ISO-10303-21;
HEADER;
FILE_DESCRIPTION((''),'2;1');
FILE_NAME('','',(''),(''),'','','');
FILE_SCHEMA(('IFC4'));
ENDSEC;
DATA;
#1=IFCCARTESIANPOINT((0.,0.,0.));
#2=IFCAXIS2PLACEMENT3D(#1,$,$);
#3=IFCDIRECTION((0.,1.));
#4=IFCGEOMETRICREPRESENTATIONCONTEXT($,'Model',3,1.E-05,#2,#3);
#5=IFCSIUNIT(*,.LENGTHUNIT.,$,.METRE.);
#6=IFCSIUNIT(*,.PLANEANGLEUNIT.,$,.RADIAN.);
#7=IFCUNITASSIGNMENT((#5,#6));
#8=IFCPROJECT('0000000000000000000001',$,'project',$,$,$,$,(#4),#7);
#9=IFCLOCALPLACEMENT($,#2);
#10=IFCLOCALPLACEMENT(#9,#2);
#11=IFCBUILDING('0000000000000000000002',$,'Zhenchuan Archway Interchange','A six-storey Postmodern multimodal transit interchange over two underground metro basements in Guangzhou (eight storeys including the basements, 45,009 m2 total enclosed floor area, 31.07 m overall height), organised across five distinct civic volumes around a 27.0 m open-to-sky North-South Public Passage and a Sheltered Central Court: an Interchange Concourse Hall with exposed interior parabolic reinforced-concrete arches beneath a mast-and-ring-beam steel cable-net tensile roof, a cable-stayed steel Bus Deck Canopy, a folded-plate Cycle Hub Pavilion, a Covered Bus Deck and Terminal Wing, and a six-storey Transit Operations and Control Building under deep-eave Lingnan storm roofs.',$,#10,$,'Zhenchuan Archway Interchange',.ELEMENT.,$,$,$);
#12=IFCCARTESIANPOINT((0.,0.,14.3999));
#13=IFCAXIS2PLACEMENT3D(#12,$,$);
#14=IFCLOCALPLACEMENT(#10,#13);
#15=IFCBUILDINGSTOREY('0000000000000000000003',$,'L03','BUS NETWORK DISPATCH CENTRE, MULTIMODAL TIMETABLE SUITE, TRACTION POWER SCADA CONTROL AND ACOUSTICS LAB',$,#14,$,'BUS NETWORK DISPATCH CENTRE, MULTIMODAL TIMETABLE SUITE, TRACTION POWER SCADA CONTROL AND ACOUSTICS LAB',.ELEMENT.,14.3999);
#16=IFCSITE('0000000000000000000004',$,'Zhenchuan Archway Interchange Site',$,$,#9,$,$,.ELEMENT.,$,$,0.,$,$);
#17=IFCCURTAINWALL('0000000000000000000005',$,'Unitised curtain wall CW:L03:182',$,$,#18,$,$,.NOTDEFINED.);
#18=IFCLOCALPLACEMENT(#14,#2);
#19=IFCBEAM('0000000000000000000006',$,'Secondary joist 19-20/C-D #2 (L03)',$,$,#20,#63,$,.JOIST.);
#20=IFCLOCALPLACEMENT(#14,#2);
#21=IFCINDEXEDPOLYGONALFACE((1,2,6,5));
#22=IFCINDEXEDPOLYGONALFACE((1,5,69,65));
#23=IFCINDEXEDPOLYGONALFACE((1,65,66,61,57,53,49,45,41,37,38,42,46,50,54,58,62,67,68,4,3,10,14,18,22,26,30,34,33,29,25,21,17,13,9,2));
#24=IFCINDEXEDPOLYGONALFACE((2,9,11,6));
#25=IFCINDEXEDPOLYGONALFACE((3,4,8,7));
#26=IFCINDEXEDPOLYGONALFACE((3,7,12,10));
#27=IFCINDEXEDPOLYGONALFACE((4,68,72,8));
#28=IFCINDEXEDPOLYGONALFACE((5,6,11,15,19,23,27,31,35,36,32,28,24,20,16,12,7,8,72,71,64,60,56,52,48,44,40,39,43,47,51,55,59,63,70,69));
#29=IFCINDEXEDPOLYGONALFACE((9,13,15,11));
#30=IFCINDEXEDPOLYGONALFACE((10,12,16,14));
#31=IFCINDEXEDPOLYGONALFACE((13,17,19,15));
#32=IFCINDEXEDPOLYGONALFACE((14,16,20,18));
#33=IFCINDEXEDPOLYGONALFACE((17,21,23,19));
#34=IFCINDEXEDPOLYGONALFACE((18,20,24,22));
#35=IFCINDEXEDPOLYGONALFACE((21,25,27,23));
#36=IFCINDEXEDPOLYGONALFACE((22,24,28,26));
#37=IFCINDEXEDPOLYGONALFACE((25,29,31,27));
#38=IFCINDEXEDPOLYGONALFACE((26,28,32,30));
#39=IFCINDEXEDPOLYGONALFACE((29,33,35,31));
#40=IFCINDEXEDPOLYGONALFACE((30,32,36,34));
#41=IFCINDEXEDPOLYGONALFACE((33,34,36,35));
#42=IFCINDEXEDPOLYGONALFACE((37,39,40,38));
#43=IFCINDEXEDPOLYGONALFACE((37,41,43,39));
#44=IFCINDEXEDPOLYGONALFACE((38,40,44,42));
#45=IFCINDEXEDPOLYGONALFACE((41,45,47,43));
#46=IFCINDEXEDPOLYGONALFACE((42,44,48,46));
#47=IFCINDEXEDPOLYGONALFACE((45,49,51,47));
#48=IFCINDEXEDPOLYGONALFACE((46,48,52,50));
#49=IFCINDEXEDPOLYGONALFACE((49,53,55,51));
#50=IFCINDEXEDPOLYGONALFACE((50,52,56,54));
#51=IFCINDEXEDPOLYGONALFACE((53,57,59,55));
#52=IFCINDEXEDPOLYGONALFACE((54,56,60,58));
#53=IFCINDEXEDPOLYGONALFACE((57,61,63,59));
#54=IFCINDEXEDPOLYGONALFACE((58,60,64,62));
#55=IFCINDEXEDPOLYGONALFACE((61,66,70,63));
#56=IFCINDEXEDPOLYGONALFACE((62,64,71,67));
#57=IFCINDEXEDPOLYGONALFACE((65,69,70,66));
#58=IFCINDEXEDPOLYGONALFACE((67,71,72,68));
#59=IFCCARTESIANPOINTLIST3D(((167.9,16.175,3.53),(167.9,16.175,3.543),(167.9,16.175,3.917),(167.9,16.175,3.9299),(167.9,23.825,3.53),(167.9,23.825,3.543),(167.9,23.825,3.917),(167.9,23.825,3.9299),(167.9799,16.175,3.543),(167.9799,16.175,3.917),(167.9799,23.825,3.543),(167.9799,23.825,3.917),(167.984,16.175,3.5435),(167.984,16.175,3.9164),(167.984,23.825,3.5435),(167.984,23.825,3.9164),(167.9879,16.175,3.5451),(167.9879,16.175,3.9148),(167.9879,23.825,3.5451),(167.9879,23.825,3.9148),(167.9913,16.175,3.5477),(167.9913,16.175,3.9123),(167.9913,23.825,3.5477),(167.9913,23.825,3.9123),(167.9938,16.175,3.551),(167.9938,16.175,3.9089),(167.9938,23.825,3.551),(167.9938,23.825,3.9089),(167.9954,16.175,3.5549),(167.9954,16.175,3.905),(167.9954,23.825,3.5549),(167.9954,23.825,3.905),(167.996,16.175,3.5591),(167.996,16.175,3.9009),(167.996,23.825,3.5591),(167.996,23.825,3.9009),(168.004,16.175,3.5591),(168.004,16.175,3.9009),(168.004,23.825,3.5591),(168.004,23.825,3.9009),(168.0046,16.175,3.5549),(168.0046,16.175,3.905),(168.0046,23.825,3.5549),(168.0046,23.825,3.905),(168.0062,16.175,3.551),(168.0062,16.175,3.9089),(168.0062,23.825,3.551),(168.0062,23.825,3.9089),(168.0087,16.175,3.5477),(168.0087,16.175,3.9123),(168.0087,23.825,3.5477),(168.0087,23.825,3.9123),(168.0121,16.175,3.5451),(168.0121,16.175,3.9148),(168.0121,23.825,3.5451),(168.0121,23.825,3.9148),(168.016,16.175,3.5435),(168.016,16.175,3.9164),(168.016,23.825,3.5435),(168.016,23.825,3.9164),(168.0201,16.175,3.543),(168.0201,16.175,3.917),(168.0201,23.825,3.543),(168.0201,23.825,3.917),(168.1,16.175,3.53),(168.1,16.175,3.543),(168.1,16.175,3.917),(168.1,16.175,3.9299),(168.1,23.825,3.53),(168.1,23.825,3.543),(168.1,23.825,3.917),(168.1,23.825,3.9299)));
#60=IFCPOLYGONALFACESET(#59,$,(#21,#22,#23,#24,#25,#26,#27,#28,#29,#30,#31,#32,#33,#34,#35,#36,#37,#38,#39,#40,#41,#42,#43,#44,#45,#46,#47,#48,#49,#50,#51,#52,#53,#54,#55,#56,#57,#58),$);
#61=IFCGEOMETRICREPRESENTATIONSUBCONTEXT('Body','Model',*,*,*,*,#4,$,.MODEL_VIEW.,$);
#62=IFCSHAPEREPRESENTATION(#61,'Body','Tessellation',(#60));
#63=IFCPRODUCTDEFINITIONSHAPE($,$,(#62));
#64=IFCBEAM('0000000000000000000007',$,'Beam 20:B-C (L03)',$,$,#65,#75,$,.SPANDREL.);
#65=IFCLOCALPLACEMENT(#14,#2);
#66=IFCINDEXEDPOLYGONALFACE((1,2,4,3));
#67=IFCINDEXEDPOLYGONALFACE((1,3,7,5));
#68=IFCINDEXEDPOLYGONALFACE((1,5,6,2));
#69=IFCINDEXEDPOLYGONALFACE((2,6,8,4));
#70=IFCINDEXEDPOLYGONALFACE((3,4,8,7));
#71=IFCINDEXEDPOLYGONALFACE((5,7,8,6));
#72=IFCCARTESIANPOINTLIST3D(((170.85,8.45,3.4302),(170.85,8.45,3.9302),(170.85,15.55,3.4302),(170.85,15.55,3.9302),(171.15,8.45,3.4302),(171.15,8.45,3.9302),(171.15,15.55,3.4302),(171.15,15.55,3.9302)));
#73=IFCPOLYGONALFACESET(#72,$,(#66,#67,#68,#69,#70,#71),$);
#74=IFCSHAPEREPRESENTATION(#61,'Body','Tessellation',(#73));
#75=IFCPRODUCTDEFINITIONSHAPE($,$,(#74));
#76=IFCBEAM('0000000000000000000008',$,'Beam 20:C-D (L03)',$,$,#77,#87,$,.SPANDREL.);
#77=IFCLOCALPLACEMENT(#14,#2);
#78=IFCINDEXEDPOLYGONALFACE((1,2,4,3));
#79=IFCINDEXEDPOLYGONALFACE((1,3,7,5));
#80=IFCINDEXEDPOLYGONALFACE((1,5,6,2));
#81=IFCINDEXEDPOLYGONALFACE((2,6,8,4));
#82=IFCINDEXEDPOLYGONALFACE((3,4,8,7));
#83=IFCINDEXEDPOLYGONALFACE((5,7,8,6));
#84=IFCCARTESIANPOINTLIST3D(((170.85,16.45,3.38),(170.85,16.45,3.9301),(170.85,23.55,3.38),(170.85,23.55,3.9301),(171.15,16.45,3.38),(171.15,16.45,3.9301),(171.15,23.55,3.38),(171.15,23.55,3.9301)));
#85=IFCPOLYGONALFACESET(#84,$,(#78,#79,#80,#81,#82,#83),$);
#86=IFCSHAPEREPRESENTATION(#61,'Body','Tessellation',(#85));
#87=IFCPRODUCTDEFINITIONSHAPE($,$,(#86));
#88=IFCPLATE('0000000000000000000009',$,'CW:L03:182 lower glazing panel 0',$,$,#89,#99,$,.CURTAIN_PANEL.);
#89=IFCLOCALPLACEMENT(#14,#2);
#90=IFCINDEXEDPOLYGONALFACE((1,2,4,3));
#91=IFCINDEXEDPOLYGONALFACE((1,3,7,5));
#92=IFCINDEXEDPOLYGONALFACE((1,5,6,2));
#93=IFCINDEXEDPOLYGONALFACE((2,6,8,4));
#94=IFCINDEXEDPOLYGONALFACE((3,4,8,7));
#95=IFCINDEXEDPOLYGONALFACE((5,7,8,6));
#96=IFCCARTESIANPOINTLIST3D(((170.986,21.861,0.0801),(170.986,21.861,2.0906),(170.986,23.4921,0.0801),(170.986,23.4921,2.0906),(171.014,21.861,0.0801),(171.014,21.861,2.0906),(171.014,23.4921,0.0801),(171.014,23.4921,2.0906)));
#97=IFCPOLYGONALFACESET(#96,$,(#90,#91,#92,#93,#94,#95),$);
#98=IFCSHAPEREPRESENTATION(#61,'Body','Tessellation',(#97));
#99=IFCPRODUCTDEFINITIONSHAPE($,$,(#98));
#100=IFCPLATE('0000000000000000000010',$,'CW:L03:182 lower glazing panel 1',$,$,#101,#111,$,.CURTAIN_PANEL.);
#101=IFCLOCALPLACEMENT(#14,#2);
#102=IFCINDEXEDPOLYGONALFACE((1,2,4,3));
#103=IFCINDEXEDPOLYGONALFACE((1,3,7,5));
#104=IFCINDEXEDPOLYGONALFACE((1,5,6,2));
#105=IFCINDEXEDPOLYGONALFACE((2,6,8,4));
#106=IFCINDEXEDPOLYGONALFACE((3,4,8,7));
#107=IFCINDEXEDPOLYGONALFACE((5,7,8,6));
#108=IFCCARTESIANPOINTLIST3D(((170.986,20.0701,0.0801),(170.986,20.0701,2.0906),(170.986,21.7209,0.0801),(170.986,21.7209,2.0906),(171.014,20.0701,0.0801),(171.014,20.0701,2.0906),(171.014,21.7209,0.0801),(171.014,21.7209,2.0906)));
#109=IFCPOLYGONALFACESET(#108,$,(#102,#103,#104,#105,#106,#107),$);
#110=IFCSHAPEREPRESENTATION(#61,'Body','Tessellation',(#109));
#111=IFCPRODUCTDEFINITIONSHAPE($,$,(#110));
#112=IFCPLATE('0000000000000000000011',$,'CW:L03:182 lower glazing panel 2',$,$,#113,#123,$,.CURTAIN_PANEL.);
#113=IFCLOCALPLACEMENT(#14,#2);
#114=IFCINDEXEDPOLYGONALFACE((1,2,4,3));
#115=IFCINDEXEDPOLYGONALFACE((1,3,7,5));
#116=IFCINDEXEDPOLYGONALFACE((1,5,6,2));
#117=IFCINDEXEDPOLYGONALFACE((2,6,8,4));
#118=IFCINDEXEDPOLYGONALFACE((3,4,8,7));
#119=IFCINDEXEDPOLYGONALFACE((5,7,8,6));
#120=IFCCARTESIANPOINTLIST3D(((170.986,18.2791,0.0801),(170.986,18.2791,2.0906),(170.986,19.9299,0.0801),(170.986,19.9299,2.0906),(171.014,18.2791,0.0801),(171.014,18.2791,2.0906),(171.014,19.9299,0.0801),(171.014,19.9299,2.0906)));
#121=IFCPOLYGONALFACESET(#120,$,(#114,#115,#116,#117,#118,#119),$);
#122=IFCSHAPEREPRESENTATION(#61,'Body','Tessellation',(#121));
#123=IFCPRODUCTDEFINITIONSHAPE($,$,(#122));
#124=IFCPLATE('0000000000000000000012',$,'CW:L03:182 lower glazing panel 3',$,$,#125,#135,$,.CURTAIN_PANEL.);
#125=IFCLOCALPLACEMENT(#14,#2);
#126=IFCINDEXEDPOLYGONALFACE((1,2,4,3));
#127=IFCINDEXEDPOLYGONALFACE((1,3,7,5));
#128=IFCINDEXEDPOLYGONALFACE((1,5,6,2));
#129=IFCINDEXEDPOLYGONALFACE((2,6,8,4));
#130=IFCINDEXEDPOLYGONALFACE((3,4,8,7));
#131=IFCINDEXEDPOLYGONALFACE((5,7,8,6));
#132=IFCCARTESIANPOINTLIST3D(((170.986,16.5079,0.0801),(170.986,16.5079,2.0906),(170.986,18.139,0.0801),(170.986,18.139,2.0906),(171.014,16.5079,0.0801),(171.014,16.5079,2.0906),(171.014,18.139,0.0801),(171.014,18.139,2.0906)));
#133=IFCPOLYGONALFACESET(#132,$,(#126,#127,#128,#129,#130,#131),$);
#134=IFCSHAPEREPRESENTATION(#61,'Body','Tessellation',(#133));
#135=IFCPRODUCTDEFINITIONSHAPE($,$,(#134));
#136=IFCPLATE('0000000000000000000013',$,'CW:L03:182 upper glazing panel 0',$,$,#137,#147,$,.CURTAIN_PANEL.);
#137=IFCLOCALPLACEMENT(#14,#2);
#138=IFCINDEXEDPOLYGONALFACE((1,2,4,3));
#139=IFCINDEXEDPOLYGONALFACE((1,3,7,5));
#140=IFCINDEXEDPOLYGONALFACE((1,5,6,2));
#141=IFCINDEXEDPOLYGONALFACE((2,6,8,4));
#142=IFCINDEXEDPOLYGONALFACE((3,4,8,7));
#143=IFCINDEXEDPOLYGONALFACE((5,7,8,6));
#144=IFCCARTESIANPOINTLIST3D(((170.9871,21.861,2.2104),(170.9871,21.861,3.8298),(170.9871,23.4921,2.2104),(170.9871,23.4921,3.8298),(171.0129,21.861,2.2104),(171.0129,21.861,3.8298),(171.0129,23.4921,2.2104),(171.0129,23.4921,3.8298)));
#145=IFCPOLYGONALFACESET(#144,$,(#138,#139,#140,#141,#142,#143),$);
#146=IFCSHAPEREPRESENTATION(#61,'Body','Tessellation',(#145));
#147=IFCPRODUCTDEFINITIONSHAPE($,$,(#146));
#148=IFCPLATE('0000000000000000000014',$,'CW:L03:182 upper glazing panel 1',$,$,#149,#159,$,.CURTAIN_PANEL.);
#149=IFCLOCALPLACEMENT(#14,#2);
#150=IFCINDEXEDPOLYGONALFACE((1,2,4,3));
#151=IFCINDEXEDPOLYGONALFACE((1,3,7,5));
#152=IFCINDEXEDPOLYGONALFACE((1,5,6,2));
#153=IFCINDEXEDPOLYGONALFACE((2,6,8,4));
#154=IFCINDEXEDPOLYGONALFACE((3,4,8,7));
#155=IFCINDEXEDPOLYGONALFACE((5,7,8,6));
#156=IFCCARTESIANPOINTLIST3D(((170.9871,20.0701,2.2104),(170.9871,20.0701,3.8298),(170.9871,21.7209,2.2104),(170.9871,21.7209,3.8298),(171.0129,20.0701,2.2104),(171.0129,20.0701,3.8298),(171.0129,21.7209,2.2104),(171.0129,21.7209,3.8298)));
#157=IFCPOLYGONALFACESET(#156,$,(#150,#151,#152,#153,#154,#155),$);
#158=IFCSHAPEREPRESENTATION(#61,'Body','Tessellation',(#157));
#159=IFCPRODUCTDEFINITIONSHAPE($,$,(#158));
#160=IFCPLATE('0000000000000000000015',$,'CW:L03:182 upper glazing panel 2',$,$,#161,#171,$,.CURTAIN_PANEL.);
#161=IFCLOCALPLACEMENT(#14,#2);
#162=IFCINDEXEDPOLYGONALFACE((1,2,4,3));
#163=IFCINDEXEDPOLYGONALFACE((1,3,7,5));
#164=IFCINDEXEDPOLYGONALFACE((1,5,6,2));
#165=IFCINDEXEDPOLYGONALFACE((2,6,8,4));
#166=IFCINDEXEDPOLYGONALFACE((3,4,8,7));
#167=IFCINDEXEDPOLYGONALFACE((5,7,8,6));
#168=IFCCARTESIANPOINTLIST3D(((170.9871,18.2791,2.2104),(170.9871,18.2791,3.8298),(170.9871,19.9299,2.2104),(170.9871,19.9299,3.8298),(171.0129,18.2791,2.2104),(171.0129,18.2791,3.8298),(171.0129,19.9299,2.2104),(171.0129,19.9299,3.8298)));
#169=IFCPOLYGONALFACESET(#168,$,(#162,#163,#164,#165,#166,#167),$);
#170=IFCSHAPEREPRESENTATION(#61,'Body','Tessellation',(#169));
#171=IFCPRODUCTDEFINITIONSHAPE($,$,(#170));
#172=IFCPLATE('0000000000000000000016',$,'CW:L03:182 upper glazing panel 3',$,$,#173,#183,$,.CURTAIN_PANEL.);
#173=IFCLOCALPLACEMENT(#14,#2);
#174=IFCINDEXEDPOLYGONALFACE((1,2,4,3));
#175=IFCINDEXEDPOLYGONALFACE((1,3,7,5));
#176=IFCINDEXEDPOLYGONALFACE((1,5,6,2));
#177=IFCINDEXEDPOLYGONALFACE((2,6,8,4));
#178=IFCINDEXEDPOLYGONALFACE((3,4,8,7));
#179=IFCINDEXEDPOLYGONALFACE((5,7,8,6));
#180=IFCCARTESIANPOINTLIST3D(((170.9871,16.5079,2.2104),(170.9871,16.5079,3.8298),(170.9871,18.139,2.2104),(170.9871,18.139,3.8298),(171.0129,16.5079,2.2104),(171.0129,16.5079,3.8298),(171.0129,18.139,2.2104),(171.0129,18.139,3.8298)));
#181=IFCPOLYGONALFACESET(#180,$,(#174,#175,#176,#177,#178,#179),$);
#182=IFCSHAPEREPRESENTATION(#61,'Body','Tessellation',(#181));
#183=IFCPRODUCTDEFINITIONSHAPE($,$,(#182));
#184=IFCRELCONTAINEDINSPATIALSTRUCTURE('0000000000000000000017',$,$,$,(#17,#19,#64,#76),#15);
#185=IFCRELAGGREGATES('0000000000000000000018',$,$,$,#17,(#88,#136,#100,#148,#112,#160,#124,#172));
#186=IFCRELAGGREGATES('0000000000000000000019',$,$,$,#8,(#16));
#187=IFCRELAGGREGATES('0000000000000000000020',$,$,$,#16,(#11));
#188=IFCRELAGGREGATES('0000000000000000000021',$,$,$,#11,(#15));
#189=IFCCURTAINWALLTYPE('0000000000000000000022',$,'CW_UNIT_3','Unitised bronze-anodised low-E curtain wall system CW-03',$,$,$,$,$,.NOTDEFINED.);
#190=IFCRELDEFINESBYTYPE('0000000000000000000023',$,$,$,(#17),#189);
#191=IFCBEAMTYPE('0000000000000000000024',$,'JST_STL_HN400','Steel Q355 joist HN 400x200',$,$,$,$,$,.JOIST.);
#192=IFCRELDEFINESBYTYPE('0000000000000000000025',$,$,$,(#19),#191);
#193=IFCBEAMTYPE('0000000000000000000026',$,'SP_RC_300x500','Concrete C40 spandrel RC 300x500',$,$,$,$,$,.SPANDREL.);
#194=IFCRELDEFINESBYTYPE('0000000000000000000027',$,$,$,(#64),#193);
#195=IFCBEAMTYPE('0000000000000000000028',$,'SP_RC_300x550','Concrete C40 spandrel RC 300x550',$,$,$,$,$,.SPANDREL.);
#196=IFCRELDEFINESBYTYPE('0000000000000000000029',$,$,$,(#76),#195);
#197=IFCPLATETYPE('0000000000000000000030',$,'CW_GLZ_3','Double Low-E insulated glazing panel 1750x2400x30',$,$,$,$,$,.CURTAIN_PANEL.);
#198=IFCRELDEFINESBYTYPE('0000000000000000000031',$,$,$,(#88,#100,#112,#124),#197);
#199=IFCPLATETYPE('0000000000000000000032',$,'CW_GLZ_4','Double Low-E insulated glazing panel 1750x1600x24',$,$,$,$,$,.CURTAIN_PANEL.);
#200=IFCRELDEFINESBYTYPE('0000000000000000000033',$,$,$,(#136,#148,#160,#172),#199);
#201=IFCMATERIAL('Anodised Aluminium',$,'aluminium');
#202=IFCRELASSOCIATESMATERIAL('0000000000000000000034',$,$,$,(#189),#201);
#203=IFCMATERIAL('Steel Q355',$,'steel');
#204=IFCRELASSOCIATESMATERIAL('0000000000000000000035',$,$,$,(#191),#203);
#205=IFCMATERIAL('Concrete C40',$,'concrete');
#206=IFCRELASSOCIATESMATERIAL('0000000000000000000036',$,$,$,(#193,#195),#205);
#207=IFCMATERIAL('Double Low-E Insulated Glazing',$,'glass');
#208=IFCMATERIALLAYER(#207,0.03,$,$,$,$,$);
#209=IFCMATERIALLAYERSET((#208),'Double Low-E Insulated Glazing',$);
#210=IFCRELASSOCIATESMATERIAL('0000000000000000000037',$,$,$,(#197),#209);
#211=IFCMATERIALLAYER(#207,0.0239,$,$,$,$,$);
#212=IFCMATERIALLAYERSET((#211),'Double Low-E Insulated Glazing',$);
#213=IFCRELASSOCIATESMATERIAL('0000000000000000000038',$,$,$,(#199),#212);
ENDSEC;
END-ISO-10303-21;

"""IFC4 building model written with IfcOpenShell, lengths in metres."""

from ifc_helpers import new_model, si_unit, direction, frame, origin, origin_2d, place, context, subcontext, project, spatial, rectangle, i_section, extrude, material, layer, layer_set, material_profile, profile_set, type_object, element, aggregate, save


model = new_model("IFC4")

# Units and contexts
model_context = context("Model", 3, precision=1e-05, world=origin(), true_north=direction((0.0, 1.0)))
body_context = subcontext(model_context, "Body", "Model", "MODEL_VIEW")
ifc_project = project(units=[si_unit("LENGTHUNIT", "METRE"), si_unit("PLANEANGLEUNIT", "RADIAN")], contexts=[model_context])

# Site, building, storey
site_placement = place(None, origin())
site = spatial("IfcSite", under=ifc_project, at=site_placement, Name="Zhenchuan Archway Interchange Site", CompositionType="ELEMENT", RefElevation=0.0)
building_placement = place(site_placement, origin())
building = spatial("IfcBuilding", under=site, at=building_placement, Name="Zhenchuan Archway Interchange", Description="A six-storey Postmodern multimodal transit interchange over two underground metro basements in Guangzhou (eight storeys including the basements, 45,009 m2 total enclosed floor area, 31.07 m overall height), organised across five distinct civic volumes around a 27.0 m open-to-sky North-South Public Passage and a Sheltered Central Court: an Interchange Concourse Hall with exposed interior parabolic reinforced-concrete arches beneath a mast-and-ring-beam steel cable-net tensile roof, a cable-stayed steel Bus Deck Canopy, a folded-plate Cycle Hub Pavilion, a Covered Bus Deck and Terminal Wing, and a six-storey Transit Operations and Control Building under deep-eave Lingnan storm roofs.", LongName="Zhenchuan Archway Interchange", CompositionType="ELEMENT")
storey_placement = place(building_placement, frame((0.0, 0.0, 14.3999)))
storey = spatial("IfcBuildingStorey", under=building, at=storey_placement, Name="L03", Description="BUS NETWORK DISPATCH CENTRE, MULTIMODAL TIMETABLE SUITE, TRACTION POWER SCADA CONTROL AND ACOUSTICS LAB", LongName="BUS NETWORK DISPATCH CENTRE, MULTIMODAL TIMETABLE SUITE, TRACTION POWER SCADA CONTROL AND ACOUSTICS LAB", CompositionType="ELEMENT", Elevation=14.3999)

# Shared definitions
ifc_material_1 = material(Name="Concrete C40", Category="concrete")

# Curtain wall
ifc_material_2 = material(Name="Anodised Aluminium", Category="aluminium")
curtain_wall_type = type_object("IfcCurtainWallType", Name="CW_UNIT_3", Description="Unitised bronze-anodised low-E curtain wall system CW-03", PredefinedType="NOTDEFINED", material=ifc_material_2)
curtain_wall_placement = place(storey_placement, origin())
curtain_wall = element("IfcCurtainWall", 1, at=curtain_wall_placement, inside=storey, type_object=curtain_wall_type, Name="Unitised curtain wall CW:L03:182", PredefinedType="NOTDEFINED")

# Beams
ifc_material_3 = material(Name="Steel Q355", Category="steel")
ifc_material_profile_1 = material_profile(ifc_material_3, i_section(OverallWidth=0.2, OverallDepth=0.3999, WebThickness=0.0081, FlangeThickness=0.0129, FilletRadius=0.0161, at=origin_2d()), Name="HN 400x200")
ifc_profile_set_1 = profile_set([ifc_material_profile_1], Name="Steel Q355")
beam_type_1 = type_object("IfcBeamType", Name="JST_STL_HN400", Description="Steel Q355 joist HN 400x200", PredefinedType="JOIST", material=ifc_profile_set_1)
for number, where, z_axis, x_axis, name in (
    (2, (168.0, 16.175, 3.73), (0.0, 1.0, 0.0), (-1.0, 0.0, 0.0), "Secondary joist 19-20/C-D #2 (L03)"),
):
    element("IfcBeam", number, at=place(storey_placement, frame(where, z_axis=z_axis, x_axis=x_axis)), inside=storey, type_object=beam_type_1, Name=name, PredefinedType="JOIST", context=body_context, shape_type="SweptSolid", body=[
        extrude(i_section(OverallWidth=0.2, OverallDepth=0.3999, WebThickness=0.0081, FlangeThickness=0.0129, FilletRadius=0.0161, at=origin_2d()), origin(), (0.0, 0.0, 1.0), 7.6499),
    ])
ifc_material_profile_2 = material_profile(ifc_material_1, rectangle(XDim=0.3, YDim=0.5, at=origin_2d()), Name="RC 300x500")
ifc_profile_set_2 = profile_set([ifc_material_profile_2], Name="Concrete C40")
beam_type_2 = type_object("IfcBeamType", Name="SP_RC_300x500", Description="Concrete C40 spandrel RC 300x500", PredefinedType="SPANDREL", material=ifc_profile_set_2)
beam_1_placement = place(storey_placement, frame((171.0, 8.45, 3.6802), z_axis=(0.0, 1.0, 0.0), x_axis=(-1.0, 0.0, 0.0)))
element("IfcBeam", 3, at=beam_1_placement, inside=storey, type_object=beam_type_2, Name="Beam 20:B-C (L03)", PredefinedType="SPANDREL", context=body_context, shape_type="SweptSolid", body=[
    extrude(rectangle(XDim=0.3, YDim=0.5, at=origin_2d()), origin(), (0.0, 0.0, 1.0), 7.1001),
])
ifc_material_profile_3 = material_profile(ifc_material_1, rectangle(XDim=0.3, YDim=0.55, at=origin_2d()), Name="RC 300x550")
ifc_profile_set_3 = profile_set([ifc_material_profile_3], Name="Concrete C40")
beam_type_3 = type_object("IfcBeamType", Name="SP_RC_300x550", Description="Concrete C40 spandrel RC 300x550", PredefinedType="SPANDREL", material=ifc_profile_set_3)
beam_2_placement = place(storey_placement, frame((171.0, 16.45, 3.655), z_axis=(0.0, 1.0, 0.0), x_axis=(-1.0, 0.0, 0.0)))
element("IfcBeam", 4, at=beam_2_placement, inside=storey, type_object=beam_type_3, Name="Beam 20:C-D (L03)", PredefinedType="SPANDREL", context=body_context, shape_type="SweptSolid", body=[
    extrude(rectangle(XDim=0.3, YDim=0.55, at=origin_2d()), origin(), (0.0, 0.0, 1.0), 7.1001),
])

# Plates
ifc_material_4 = material(Name="Double Low-E Insulated Glazing", Category="glass")
ifc_layer_1 = layer(ifc_material_4, 0.03)
ifc_layer_set_1 = layer_set([ifc_layer_1], Name="Double Low-E Insulated Glazing")
plate_type_1 = type_object("IfcPlateType", Name="CW_GLZ_3", Description="Double Low-E insulated glazing panel 1750x2400x30", PredefinedType="CURTAIN_PANEL", material=ifc_layer_set_1)
plate_1_placement = place(storey_placement, frame((171.0, 22.6765, 0.0801), z_axis=(0.0, 0.0, 1.0), x_axis=(0.0, -1.0, 0.0)))
plate_1 = element("IfcPlate", 5, at=plate_1_placement, type_object=plate_type_1, Name="CW:L03:182 lower glazing panel 0", PredefinedType="CURTAIN_PANEL", context=body_context, shape_type="SweptSolid", body=[
    extrude(rectangle(XDim=1.6311, YDim=0.0281, at=origin_2d()), origin(), (0.0, 0.0, 1.0), 2.0105),
])
plate_2_placement = place(storey_placement, frame((171.0, 20.8955, 0.0801), z_axis=(0.0, 0.0, 1.0), x_axis=(0.0, -1.0, 0.0)))
plate_2 = element("IfcPlate", 6, at=plate_2_placement, type_object=plate_type_1, Name="CW:L03:182 lower glazing panel 1", PredefinedType="CURTAIN_PANEL", context=body_context, shape_type="SweptSolid", body=[
    extrude(rectangle(XDim=1.6509, YDim=0.0281, at=origin_2d()), origin(), (0.0, 0.0, 1.0), 2.0105),
])
plate_3_placement = place(storey_placement, frame((171.0, 19.1045, 0.0801), z_axis=(0.0, 0.0, 1.0), x_axis=(0.0, -1.0, 0.0)))
plate_3 = element("IfcPlate", 7, at=plate_3_placement, type_object=plate_type_1, Name="CW:L03:182 lower glazing panel 2", PredefinedType="CURTAIN_PANEL", context=body_context, shape_type="SweptSolid", body=[
    extrude(rectangle(XDim=1.6509, YDim=0.0281, at=origin_2d()), origin(), (0.0, 0.0, 1.0), 2.0105),
])
plate_4_placement = place(storey_placement, frame((171.0, 17.3235, 0.0801), z_axis=(0.0, 0.0, 1.0), x_axis=(0.0, -1.0, 0.0)))
plate_4 = element("IfcPlate", 8, at=plate_4_placement, type_object=plate_type_1, Name="CW:L03:182 lower glazing panel 3", PredefinedType="CURTAIN_PANEL", context=body_context, shape_type="SweptSolid", body=[
    extrude(rectangle(XDim=1.6311, YDim=0.0281, at=origin_2d()), origin(), (0.0, 0.0, 1.0), 2.0105),
])
ifc_layer_2 = layer(ifc_material_4, 0.0239)
ifc_layer_set_2 = layer_set([ifc_layer_2], Name="Double Low-E Insulated Glazing")
plate_type_2 = type_object("IfcPlateType", Name="CW_GLZ_4", Description="Double Low-E insulated glazing panel 1750x1600x24", PredefinedType="CURTAIN_PANEL", material=ifc_layer_set_2)
plate_5_placement = place(storey_placement, frame((171.0, 22.6765, 2.2104), z_axis=(0.0, 0.0, 1.0), x_axis=(0.0, -1.0, 0.0)))
plate_5 = element("IfcPlate", 9, at=plate_5_placement, type_object=plate_type_2, Name="CW:L03:182 upper glazing panel 0", PredefinedType="CURTAIN_PANEL", context=body_context, shape_type="SweptSolid", body=[
    extrude(rectangle(XDim=1.6311, YDim=0.0259, at=origin_2d()), origin(), (0.0, 0.0, 1.0), 1.6194),
])
plate_6_placement = place(storey_placement, frame((171.0, 20.8955, 2.2104), z_axis=(0.0, 0.0, 1.0), x_axis=(0.0, -1.0, 0.0)))
plate_6 = element("IfcPlate", 10, at=plate_6_placement, type_object=plate_type_2, Name="CW:L03:182 upper glazing panel 1", PredefinedType="CURTAIN_PANEL", context=body_context, shape_type="SweptSolid", body=[
    extrude(rectangle(XDim=1.6509, YDim=0.0259, at=origin_2d()), origin(), (0.0, 0.0, 1.0), 1.6194),
])
plate_7_placement = place(storey_placement, frame((171.0, 19.1045, 2.2104), z_axis=(0.0, 0.0, 1.0), x_axis=(0.0, -1.0, 0.0)))
plate_7 = element("IfcPlate", 11, at=plate_7_placement, type_object=plate_type_2, Name="CW:L03:182 upper glazing panel 2", PredefinedType="CURTAIN_PANEL", context=body_context, shape_type="SweptSolid", body=[
    extrude(rectangle(XDim=1.6509, YDim=0.0259, at=origin_2d()), origin(), (0.0, 0.0, 1.0), 1.6194),
])
plate_8_placement = place(storey_placement, frame((171.0, 17.3235, 2.2104), z_axis=(0.0, 0.0, 1.0), x_axis=(0.0, -1.0, 0.0)))
plate_8 = element("IfcPlate", 12, at=plate_8_placement, type_object=plate_type_2, Name="CW:L03:182 upper glazing panel 3", PredefinedType="CURTAIN_PANEL", context=body_context, shape_type="SweptSolid", body=[
    extrude(rectangle(XDim=1.6311, YDim=0.0259, at=origin_2d()), origin(), (0.0, 0.0, 1.0), 1.6194),
])
aggregate(curtain_wall, [plate_1, plate_5, plate_2, plate_6, plate_3, plate_7, plate_4, plate_8])

save(model, "model.ifc")
